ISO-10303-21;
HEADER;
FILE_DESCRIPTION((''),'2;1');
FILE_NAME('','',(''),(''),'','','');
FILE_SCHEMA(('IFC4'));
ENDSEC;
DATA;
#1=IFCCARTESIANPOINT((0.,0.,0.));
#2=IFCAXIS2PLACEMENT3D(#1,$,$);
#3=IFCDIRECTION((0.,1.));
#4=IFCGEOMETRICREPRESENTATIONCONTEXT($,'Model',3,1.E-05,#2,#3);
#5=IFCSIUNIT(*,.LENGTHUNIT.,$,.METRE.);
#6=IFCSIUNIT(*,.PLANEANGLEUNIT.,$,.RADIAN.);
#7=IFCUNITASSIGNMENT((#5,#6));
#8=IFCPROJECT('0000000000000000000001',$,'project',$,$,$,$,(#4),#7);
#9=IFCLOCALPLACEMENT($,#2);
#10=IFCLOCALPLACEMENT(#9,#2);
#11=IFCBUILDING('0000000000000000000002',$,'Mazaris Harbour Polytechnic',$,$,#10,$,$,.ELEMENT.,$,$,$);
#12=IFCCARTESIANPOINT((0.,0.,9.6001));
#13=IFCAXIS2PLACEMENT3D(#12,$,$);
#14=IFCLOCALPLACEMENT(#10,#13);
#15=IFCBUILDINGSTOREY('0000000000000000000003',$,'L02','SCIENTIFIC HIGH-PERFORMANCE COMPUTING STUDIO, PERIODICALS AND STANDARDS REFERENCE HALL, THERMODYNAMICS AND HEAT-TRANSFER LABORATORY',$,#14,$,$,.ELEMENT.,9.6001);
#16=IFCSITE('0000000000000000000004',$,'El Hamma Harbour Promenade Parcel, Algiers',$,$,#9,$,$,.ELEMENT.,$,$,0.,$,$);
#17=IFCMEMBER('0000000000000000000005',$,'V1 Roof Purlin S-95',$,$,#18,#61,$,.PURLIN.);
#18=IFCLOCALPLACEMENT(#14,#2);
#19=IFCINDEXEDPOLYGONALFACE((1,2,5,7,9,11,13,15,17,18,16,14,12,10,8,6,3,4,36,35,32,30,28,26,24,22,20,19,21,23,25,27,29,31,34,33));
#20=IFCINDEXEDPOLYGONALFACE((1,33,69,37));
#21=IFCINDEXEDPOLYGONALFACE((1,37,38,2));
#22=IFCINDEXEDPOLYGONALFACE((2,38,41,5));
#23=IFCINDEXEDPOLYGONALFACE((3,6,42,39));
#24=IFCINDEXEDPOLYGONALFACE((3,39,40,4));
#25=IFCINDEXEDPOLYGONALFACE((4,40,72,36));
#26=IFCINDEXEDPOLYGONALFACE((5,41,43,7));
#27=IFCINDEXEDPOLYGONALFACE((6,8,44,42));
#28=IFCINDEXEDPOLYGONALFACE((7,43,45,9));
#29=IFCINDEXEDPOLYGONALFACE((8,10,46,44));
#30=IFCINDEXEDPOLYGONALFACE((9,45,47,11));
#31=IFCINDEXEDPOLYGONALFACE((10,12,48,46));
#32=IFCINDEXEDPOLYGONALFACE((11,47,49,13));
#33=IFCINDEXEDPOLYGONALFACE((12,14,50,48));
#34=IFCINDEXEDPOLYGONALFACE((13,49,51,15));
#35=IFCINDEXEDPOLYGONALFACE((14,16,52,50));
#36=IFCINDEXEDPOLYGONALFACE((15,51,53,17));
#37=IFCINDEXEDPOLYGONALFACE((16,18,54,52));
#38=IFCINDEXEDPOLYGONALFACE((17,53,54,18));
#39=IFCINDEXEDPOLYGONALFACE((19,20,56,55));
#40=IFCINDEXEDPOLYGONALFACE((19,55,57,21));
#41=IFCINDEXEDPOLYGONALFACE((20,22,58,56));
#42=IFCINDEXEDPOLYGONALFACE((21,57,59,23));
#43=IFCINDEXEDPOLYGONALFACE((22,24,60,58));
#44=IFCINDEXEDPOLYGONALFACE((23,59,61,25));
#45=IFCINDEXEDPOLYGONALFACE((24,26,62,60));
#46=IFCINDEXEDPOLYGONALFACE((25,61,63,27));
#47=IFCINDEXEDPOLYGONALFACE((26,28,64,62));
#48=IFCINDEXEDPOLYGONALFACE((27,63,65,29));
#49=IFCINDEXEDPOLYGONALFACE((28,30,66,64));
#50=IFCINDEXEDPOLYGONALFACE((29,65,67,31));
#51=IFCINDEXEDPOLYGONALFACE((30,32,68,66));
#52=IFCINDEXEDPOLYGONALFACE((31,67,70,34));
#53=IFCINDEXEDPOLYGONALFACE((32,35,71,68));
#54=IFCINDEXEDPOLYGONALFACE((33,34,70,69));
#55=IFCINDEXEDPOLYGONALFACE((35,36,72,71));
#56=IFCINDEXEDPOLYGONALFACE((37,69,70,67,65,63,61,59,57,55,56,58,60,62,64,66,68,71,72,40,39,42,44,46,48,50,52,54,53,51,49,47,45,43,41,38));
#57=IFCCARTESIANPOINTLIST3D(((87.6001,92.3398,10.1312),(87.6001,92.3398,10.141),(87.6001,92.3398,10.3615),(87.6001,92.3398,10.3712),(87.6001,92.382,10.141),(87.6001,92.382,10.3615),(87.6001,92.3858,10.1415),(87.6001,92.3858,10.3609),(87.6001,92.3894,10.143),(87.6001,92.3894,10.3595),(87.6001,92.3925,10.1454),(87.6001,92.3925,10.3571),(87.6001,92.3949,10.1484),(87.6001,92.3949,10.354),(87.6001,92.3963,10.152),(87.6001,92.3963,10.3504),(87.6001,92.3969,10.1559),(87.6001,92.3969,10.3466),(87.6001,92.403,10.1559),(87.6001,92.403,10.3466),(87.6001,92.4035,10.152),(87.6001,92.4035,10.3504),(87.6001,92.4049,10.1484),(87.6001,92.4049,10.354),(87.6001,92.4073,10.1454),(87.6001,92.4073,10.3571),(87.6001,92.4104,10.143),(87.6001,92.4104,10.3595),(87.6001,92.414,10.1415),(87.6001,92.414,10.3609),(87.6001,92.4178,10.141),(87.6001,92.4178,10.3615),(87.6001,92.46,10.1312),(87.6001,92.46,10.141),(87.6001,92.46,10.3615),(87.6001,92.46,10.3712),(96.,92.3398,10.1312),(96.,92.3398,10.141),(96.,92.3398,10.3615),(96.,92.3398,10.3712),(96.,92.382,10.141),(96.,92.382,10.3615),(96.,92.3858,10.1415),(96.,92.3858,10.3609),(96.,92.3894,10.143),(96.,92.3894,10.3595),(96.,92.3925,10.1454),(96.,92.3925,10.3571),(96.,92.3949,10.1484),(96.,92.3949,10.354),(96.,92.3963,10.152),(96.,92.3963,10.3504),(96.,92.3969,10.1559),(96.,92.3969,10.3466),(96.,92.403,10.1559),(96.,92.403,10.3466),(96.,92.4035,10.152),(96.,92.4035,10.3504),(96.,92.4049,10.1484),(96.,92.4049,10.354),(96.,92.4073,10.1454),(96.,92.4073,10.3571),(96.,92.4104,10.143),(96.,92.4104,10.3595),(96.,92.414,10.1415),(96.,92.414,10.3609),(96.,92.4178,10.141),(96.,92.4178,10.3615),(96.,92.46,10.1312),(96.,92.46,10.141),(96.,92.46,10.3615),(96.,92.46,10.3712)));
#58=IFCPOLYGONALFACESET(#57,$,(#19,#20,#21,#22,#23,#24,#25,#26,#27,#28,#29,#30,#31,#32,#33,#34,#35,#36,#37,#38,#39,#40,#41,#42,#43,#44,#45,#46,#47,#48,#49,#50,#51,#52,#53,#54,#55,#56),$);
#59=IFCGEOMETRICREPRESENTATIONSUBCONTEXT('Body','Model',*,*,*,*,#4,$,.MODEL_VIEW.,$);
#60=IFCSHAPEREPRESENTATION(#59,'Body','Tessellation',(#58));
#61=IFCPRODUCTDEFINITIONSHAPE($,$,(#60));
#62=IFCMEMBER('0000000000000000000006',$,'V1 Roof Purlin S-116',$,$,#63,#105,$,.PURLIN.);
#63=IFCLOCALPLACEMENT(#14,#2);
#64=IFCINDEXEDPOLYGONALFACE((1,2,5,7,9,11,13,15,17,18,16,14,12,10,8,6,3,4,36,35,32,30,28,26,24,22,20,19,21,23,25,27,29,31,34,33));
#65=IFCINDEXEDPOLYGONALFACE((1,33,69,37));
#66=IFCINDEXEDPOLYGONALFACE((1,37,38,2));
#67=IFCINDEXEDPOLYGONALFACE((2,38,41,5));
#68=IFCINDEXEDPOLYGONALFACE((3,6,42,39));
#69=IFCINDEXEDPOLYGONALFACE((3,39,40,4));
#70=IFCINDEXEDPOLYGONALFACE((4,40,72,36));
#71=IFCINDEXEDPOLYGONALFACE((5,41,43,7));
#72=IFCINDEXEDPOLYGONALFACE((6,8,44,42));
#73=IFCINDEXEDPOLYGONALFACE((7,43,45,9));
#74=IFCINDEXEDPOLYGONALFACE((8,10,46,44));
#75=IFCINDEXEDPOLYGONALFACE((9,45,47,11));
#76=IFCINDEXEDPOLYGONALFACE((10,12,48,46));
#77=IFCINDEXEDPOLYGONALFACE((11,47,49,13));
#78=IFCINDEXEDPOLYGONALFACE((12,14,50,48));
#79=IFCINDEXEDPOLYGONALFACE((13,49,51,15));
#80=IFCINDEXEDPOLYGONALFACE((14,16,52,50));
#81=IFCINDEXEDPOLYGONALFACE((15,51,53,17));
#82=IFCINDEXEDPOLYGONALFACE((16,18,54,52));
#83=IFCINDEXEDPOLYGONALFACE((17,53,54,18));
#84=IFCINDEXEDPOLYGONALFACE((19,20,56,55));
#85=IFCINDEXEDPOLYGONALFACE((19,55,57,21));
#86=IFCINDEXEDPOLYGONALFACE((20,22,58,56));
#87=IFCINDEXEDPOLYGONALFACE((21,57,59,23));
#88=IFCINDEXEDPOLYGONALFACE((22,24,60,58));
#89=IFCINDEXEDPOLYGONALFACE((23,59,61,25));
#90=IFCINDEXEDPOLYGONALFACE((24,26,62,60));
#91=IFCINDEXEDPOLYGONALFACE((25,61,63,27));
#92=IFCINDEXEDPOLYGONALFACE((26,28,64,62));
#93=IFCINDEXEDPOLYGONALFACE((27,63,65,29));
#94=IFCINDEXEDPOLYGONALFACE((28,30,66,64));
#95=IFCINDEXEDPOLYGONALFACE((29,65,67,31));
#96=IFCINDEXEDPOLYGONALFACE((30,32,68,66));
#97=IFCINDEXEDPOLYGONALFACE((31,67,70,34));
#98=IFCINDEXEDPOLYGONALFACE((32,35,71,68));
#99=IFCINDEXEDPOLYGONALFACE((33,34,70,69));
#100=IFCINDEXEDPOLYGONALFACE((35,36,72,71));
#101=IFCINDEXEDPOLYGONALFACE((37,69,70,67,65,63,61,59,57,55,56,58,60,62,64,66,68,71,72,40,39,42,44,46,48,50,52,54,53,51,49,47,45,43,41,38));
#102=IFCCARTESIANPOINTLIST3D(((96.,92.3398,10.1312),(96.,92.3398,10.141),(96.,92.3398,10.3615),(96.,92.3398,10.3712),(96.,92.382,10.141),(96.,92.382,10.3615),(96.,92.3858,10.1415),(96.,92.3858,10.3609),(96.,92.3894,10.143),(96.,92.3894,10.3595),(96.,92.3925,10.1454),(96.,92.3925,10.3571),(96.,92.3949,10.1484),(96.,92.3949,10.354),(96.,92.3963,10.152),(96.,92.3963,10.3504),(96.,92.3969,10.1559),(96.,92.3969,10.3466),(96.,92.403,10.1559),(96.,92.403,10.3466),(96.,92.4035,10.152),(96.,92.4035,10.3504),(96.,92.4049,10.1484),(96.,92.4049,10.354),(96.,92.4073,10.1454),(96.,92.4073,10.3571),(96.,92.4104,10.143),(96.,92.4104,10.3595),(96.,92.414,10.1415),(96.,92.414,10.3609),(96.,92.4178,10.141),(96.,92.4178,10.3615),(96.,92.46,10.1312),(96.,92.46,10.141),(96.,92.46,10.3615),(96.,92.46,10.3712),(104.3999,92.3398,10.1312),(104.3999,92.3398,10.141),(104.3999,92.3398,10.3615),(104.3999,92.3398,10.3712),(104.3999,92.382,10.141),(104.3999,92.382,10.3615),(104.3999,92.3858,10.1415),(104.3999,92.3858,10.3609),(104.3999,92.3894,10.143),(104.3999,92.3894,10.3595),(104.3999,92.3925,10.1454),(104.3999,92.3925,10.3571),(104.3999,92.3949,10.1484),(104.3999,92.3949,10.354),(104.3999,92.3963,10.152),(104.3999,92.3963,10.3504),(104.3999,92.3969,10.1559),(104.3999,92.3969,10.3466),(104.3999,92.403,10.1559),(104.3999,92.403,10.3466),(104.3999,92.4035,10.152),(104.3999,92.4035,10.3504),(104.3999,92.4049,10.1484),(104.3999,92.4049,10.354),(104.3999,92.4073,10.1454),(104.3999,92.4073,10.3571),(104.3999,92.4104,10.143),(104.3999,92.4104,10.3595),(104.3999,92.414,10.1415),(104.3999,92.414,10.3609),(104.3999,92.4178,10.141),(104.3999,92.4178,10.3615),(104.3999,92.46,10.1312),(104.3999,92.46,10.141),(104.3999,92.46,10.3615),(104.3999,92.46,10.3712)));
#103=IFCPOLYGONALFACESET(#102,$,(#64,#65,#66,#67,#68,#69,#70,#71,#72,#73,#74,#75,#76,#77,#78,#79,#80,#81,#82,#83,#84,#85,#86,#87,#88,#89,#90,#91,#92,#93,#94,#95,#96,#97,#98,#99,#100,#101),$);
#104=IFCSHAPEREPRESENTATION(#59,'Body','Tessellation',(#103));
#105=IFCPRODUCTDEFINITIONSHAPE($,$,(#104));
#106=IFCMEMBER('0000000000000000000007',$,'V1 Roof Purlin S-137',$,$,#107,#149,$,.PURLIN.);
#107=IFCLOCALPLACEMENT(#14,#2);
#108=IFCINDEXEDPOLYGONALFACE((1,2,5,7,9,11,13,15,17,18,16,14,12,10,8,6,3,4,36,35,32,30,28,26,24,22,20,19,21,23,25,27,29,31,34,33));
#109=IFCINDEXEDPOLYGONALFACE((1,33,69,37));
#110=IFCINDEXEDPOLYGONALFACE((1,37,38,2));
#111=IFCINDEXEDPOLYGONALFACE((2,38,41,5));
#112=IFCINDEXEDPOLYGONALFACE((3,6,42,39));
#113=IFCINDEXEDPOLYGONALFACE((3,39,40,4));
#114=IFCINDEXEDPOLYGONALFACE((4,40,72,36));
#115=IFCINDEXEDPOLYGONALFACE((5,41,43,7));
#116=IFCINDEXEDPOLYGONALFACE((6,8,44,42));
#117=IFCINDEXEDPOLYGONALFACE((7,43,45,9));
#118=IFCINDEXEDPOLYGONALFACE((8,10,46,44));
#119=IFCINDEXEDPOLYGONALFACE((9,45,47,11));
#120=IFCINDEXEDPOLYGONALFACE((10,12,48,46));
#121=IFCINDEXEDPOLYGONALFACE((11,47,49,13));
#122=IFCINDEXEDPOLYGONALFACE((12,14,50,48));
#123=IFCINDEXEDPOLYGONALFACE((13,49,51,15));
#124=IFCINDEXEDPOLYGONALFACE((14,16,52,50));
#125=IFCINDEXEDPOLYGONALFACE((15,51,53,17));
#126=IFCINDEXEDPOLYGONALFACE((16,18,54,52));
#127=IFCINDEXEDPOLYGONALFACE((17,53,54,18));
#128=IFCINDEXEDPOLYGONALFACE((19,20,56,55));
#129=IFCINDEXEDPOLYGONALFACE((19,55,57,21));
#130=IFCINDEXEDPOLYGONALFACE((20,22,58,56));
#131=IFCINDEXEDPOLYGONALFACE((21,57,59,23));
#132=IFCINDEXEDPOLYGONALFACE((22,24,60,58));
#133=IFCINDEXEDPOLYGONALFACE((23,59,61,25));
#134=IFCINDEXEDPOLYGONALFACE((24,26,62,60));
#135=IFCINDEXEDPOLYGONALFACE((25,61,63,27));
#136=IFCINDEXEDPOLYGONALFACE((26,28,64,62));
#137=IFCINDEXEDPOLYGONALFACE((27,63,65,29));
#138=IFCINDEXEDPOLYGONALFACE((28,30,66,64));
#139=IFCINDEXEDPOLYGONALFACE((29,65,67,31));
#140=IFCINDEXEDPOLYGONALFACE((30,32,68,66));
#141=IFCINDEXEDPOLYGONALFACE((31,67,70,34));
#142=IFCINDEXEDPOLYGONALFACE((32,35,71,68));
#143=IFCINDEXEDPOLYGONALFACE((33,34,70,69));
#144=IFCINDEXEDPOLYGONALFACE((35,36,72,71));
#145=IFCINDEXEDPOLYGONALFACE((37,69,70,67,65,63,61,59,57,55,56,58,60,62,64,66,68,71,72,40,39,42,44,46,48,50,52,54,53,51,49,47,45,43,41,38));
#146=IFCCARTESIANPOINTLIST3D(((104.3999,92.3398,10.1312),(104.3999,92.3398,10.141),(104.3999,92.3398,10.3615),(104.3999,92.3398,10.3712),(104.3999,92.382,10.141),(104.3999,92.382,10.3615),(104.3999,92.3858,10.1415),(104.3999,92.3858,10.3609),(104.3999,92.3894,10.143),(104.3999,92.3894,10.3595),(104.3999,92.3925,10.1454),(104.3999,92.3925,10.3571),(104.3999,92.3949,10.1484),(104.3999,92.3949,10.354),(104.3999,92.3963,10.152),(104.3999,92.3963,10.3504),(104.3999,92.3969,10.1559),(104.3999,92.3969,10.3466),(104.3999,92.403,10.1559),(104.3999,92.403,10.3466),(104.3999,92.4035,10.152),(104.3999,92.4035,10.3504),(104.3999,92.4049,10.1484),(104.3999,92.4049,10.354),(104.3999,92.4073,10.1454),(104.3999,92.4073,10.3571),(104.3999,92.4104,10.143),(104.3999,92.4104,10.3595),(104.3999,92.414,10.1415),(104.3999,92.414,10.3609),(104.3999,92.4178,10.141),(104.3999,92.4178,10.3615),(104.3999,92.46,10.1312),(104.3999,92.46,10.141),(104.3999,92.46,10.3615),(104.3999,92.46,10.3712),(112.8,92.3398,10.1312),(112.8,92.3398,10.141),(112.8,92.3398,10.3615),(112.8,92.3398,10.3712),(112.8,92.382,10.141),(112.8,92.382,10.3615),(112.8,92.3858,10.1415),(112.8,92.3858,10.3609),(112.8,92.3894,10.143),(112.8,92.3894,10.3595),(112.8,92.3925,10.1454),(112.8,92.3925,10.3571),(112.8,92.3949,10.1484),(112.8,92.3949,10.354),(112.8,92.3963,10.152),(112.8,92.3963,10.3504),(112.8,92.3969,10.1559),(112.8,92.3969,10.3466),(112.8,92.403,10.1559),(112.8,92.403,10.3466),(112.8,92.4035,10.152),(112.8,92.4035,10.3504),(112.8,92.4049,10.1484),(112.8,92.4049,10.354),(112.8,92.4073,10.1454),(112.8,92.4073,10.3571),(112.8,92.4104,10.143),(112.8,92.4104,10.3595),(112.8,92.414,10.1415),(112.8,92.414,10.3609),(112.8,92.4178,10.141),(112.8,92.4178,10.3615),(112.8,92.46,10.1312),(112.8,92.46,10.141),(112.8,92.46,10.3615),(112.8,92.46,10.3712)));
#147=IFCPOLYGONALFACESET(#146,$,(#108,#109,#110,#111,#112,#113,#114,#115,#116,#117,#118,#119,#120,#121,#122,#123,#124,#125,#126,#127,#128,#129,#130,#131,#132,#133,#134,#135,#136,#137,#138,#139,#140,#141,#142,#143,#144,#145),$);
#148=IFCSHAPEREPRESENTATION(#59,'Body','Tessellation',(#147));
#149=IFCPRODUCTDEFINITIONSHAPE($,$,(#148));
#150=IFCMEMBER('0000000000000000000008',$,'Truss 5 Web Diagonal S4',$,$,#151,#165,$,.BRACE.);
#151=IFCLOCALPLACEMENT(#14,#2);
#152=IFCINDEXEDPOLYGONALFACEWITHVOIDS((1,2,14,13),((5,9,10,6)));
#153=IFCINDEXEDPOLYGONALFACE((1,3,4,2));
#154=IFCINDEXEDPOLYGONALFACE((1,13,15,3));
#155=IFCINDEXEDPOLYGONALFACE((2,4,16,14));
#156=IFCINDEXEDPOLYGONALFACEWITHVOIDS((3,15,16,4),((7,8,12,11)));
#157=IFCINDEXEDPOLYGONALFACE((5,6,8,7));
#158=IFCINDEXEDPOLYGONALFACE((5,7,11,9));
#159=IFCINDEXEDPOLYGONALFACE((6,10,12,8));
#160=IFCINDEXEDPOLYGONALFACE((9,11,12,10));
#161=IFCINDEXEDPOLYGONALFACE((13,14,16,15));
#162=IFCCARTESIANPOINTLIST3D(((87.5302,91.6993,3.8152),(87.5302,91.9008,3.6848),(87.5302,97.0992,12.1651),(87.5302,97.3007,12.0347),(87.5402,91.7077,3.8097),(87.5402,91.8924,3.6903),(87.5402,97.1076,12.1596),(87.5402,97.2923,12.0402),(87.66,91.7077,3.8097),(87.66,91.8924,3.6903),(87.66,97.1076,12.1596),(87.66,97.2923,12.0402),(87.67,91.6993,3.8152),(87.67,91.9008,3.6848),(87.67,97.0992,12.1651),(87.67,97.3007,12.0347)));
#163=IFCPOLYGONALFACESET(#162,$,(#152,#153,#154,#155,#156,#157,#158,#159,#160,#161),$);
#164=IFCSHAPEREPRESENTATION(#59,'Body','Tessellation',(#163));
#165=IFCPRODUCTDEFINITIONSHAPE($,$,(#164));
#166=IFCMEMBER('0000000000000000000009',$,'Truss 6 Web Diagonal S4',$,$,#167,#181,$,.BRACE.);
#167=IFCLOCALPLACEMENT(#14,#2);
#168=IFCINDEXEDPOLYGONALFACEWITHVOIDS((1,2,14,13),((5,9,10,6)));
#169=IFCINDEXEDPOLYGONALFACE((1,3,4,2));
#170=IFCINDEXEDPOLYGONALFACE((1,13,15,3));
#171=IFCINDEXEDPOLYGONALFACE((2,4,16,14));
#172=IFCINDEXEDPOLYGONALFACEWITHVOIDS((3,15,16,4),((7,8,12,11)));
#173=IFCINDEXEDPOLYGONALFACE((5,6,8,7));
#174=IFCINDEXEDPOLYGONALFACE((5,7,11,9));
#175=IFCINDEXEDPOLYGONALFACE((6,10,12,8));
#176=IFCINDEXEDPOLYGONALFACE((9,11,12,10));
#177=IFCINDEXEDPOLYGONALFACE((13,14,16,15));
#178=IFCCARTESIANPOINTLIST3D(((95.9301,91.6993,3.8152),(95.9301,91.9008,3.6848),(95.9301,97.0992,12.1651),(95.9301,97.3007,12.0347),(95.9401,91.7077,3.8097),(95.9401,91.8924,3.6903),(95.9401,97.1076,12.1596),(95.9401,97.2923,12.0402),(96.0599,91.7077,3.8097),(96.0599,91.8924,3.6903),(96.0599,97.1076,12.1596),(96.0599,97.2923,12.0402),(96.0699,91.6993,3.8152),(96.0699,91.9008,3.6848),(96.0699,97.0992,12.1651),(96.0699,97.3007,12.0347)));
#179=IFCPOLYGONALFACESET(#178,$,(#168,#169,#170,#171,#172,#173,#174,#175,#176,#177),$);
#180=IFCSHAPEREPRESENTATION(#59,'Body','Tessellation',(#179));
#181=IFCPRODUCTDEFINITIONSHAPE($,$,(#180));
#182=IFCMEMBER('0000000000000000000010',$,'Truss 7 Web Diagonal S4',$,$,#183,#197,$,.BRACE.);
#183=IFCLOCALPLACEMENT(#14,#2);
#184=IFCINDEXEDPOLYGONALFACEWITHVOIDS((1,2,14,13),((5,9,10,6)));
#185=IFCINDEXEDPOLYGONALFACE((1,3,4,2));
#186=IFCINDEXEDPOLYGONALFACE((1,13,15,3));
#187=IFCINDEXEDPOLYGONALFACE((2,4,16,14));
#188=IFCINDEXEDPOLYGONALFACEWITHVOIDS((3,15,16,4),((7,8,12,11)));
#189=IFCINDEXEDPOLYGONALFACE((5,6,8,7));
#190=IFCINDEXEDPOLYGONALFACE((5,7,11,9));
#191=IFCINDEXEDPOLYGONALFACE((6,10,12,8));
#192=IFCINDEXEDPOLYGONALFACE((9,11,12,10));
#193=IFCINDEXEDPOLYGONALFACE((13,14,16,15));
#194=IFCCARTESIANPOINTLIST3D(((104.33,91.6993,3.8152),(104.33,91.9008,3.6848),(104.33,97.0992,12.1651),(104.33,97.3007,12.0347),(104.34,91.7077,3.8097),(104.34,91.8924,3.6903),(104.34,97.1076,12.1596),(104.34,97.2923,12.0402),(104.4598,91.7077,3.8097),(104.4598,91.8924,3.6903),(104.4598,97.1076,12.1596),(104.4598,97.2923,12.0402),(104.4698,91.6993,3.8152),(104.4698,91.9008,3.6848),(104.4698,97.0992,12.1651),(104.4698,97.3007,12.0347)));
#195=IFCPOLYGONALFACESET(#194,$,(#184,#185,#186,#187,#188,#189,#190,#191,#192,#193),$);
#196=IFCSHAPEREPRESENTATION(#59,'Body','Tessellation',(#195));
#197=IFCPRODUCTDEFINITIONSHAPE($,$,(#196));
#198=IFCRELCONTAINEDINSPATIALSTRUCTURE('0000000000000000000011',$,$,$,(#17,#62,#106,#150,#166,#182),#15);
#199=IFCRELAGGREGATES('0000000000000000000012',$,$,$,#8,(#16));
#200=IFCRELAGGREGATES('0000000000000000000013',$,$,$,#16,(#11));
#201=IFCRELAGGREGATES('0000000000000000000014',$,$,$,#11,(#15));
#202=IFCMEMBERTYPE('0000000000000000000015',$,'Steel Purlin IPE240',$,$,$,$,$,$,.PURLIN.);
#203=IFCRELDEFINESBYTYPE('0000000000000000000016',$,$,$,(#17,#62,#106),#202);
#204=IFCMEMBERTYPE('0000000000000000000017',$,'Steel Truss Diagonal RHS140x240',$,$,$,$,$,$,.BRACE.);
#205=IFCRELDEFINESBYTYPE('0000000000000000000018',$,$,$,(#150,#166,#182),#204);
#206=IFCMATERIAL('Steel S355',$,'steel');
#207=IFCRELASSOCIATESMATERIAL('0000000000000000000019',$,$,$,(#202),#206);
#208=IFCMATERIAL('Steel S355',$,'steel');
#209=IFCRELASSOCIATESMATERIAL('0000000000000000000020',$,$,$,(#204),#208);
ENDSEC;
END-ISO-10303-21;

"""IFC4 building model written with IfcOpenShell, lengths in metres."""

from ifc_helpers import new_model, si_unit, direction, frame, origin, origin_2d, place, context, subcontext, project, spatial, hollow_rectangle, i_section, extrude, material, material_profile, profile_set, type_object, element, save


model = new_model("IFC4")

# Units and contexts
model_context = context("Model", 3, precision=1e-05, world=origin(), true_north=direction((0.0, 1.0)))
body_context = subcontext(model_context, "Body", "Model", "MODEL_VIEW")
ifc_project = project(units=[si_unit("LENGTHUNIT", "METRE"), si_unit("PLANEANGLEUNIT", "RADIAN")], contexts=[model_context])

# Site, building, storey
site_placement = place(None, origin())
site = spatial("IfcSite", under=ifc_project, at=site_placement, Name="El Hamma Harbour Promenade Parcel, Algiers", CompositionType="ELEMENT", RefElevation=0.0)
building_placement = place(site_placement, origin())
building = spatial("IfcBuilding", under=site, at=building_placement, Name="Mazaris Harbour Polytechnic", CompositionType="ELEMENT")
storey_placement = place(building_placement, frame((0.0, 0.0, 9.6001)))
storey = spatial("IfcBuildingStorey", under=building, at=storey_placement, Name="L02", Description="SCIENTIFIC HIGH-PERFORMANCE COMPUTING STUDIO, PERIODICALS AND STANDARDS REFERENCE HALL, THERMODYNAMICS AND HEAT-TRANSFER LABORATORY", CompositionType="ELEMENT", Elevation=9.6001)

# Members
ifc_material_1 = material(Name="Steel S355", Category="steel")
ifc_material_profile_1 = material_profile(ifc_material_1, i_section(OverallWidth=0.1201, OverallDepth=0.24, WebThickness=0.0061, FlangeThickness=0.0098, FilletRadius=0.0149, at=origin_2d()), Name="IPE 240")
ifc_profile_set_1 = profile_set([ifc_material_profile_1], Name="Steel S355")
member_type_1 = type_object("IfcMemberType", Name="Steel Purlin IPE240", PredefinedType="PURLIN", material=ifc_profile_set_1)
for number, where, z_axis, x_axis, name in (
    (1, (87.6001, 92.3999, 10.2512), (1.0, 0.0, 0.0), (0.0, 1.0, 0.0), "V1 Roof Purlin S-95"),
    (2, (96.0, 92.3999, 10.2512), (1.0, 0.0, 0.0), (0.0, 1.0, 0.0), "V1 Roof Purlin S-116"),
):
    element("IfcMember", number, at=place(storey_placement, frame(where, z_axis=z_axis, x_axis=x_axis)), inside=storey, type_object=member_type_1, Name=name, PredefinedType="PURLIN", context=body_context, shape_type="SweptSolid", body=[
        extrude(i_section(OverallWidth=0.1201, OverallDepth=0.24, WebThickness=0.0061, FlangeThickness=0.0098, FilletRadius=0.0149, at=origin_2d()), origin(), (0.0, 0.0, 1.0), 8.3999),
    ])
member_1_placement = place(storey_placement, frame((104.3999, 92.3999, 10.2512), z_axis=(1.0, 0.0, 0.0), x_axis=(0.0, 1.0, 0.0)))
element("IfcMember", 3, at=member_1_placement, inside=storey, type_object=member_type_1, Name="V1 Roof Purlin S-137", PredefinedType="PURLIN", context=body_context, shape_type="SweptSolid", body=[
    extrude(i_section(OverallWidth=0.1201, OverallDepth=0.24, WebThickness=0.0061, FlangeThickness=0.0098, FilletRadius=0.0149, at=origin_2d()), origin(), (0.0, 0.0, 1.0), 8.4001),
])
ifc_material_2 = material(Name="Steel S355", Category="steel")
ifc_material_profile_2 = material_profile(ifc_material_2, hollow_rectangle(XDim=0.1399, YDim=0.24, WallThickness=0.01, at=origin_2d()), Name="RHS 140x240x10.0")
ifc_profile_set_2 = profile_set([ifc_material_profile_2], Name="Steel S355")
member_type_2 = type_object("IfcMemberType", Name="Steel Truss Diagonal RHS140x240", PredefinedType="BRACE", material=ifc_profile_set_2)
for number, where, z_axis, x_axis, name in (
    (4, (87.6001, 91.8, 3.75), (0.0, 0.543043, 0.839705), (-1.0, 0.0, 0.0), "Truss 5 Web Diagonal S4"),
    (5, (96.0, 91.8, 3.75), (0.0, 0.543043, 0.839705), (-1.0, 0.0, 0.0), "Truss 6 Web Diagonal S4"),
    (6, (104.3999, 91.8, 3.75), (0.0, 0.543043, 0.839705), (-1.0, 0.0, 0.0), "Truss 7 Web Diagonal S4"),
):
    element("IfcMember", number, at=place(storey_placement, frame(where, z_axis=z_axis, x_axis=x_axis)), inside=storey, type_object=member_type_2, Name=name, PredefinedType="BRACE", context=body_context, shape_type="SweptSolid", body=[
        extrude(hollow_rectangle(XDim=0.1399, YDim=0.24, WallThickness=0.01, at=origin_2d()), origin(), (0.0, 0.0, 1.0), 9.9438),
    ])

save(model, "model.ifc")
